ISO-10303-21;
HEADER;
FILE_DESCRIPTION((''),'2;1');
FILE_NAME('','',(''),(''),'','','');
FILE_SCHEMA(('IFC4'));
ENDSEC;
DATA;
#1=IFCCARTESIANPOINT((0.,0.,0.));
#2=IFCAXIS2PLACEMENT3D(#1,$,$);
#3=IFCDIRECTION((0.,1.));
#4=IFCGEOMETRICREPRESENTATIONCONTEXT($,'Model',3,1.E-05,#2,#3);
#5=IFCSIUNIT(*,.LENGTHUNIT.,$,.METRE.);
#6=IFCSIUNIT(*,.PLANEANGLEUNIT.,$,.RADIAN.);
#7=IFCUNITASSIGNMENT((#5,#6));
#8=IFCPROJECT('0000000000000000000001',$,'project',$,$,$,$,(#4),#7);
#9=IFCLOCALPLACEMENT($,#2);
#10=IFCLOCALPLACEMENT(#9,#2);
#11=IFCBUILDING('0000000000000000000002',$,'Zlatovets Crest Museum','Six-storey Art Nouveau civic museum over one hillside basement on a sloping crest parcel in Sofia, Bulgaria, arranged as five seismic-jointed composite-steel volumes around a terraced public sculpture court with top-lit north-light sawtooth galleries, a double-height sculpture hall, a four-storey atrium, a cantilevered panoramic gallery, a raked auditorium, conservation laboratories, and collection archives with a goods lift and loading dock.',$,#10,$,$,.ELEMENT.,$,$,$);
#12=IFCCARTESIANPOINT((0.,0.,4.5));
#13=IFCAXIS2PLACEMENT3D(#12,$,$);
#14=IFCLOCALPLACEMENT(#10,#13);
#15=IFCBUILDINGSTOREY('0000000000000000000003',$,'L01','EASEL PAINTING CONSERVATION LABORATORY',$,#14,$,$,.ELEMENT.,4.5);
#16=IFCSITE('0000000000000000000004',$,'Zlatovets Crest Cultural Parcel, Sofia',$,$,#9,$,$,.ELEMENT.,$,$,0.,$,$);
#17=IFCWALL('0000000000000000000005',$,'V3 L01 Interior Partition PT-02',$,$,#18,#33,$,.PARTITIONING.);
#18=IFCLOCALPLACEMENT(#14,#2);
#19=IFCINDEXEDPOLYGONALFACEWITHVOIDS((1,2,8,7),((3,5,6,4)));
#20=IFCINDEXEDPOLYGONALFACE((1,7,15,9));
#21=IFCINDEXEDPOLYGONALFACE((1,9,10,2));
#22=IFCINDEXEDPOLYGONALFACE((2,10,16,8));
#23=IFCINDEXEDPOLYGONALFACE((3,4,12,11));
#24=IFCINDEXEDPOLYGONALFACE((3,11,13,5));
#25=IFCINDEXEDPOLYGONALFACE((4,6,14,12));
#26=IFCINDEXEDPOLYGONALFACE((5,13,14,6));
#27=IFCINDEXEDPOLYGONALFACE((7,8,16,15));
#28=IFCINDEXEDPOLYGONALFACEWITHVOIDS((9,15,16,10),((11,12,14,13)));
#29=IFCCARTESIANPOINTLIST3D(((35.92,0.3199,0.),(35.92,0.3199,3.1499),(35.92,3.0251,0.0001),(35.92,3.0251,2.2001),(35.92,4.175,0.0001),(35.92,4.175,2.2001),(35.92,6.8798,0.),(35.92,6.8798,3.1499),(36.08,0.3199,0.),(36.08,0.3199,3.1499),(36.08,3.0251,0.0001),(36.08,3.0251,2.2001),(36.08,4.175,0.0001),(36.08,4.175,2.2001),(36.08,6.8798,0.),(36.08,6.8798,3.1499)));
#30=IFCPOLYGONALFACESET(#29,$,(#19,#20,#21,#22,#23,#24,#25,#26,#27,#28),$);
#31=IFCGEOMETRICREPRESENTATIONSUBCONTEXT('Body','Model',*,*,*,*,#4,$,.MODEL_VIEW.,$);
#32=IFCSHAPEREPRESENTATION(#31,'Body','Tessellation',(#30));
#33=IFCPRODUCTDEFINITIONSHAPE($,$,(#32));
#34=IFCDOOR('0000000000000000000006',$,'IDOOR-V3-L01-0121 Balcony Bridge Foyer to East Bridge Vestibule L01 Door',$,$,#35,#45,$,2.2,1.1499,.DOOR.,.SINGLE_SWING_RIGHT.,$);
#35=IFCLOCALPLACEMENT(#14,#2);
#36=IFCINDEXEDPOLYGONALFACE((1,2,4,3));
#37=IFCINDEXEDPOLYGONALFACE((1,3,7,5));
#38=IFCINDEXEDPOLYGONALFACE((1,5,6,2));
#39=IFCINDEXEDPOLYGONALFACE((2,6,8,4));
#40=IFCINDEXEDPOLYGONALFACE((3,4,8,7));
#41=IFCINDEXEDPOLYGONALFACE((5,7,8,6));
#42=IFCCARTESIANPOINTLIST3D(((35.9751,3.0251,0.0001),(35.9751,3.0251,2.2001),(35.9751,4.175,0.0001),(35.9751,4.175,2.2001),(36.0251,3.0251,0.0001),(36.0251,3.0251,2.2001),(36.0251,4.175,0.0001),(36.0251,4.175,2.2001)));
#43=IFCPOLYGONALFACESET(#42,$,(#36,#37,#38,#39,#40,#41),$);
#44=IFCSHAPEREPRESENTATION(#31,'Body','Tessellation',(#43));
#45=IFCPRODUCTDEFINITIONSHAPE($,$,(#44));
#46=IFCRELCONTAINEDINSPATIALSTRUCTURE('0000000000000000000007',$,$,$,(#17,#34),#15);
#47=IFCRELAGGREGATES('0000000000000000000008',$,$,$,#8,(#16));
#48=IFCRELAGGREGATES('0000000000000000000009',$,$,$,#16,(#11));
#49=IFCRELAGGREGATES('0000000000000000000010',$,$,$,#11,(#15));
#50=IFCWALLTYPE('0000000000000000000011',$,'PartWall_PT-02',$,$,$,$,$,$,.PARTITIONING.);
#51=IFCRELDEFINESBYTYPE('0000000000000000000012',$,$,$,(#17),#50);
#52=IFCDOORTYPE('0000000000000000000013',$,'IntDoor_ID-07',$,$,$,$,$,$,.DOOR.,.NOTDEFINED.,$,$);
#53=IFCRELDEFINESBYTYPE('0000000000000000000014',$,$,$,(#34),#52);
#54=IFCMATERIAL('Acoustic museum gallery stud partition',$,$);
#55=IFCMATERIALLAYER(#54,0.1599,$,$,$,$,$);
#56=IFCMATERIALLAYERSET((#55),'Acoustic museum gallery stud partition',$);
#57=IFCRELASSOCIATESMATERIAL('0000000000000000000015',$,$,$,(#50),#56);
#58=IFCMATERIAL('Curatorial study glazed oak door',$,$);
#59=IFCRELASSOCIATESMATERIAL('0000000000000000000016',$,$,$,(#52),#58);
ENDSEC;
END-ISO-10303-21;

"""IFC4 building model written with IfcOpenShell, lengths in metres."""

from ifc_helpers import new_model, si_unit, direction, frame, frame_2d, origin, place, context, subcontext, project, spatial, rectangle, extrude, material, layer, layer_set, type_object, element, fill, save


model = new_model("IFC4")

# Units and contexts
model_context = context("Model", 3, precision=1e-05, world=origin(), true_north=direction((0.0, 1.0)))
body_context = subcontext(model_context, "Body", "Model", "MODEL_VIEW")
ifc_project = project(units=[si_unit("LENGTHUNIT", "METRE"), si_unit("PLANEANGLEUNIT", "RADIAN")], contexts=[model_context])

# Site, building, storey
site_placement = place(None, origin())
site = spatial("IfcSite", under=ifc_project, at=site_placement, Name="Zlatovets Crest Cultural Parcel, Sofia", CompositionType="ELEMENT", RefElevation=0.0)
building_placement = place(site_placement, origin())
building = spatial("IfcBuilding", under=site, at=building_placement, Name="Zlatovets Crest Museum", Description="Six-storey Art Nouveau civic museum over one hillside basement on a sloping crest parcel in Sofia, Bulgaria, arranged as five seismic-jointed composite-steel volumes around a terraced public sculpture court with top-lit north-light sawtooth galleries, a double-height sculpture hall, a four-storey atrium, a cantilevered panoramic gallery, a raked auditorium, conservation laboratories, and collection archives with a goods lift and loading dock.", CompositionType="ELEMENT")
storey_placement = place(building_placement, frame((0.0, 0.0, 4.5)))
storey = spatial("IfcBuildingStorey", under=building, at=storey_placement, Name="L01", Description="EASEL PAINTING CONSERVATION LABORATORY", CompositionType="ELEMENT", Elevation=4.5)

# Wall, opening, door
ifc_material_1 = material(Name="Acoustic museum gallery stud partition")
ifc_layer_1 = layer(ifc_material_1, 0.1599)
ifc_layer_set_1 = layer_set([ifc_layer_1], Name="Acoustic museum gallery stud partition")
wall_type_1 = type_object("IfcWallType", Name="PartWall_PT-02", PredefinedType="PARTITIONING", material=ifc_layer_set_1)
wall_1_placement = place(storey_placement, frame((36.0, 0.3201, 0.0), z_axis=(0.0, 0.0, 1.0), x_axis=(0.0, 1.0, 0.0)))
wall_1 = element("IfcWall", 1, at=wall_1_placement, inside=storey, type_object=wall_type_1, Name="V3 L01 Interior Partition PT-02", PredefinedType="PARTITIONING", context=body_context, shape_type="SweptSolid", body=[
    extrude(rectangle(XDim=6.5598, YDim=0.1599, at=frame_2d((3.2798, 0.0))), origin(), (0.0, 0.0, 1.0), 3.1499),
])
opening_1_placement = place(wall_1_placement, frame((2.7051, 0.0, 0.0)))
opening_1 = element("IfcOpeningElement", 2, at=opening_1_placement, cuts=wall_1, PredefinedType="OPENING", context=body_context, shape_type="SweptSolid", body=[
    extrude(rectangle(XDim=1.1499, YDim=2.2, at=frame_2d((0.575, 1.1001))), frame((0.0, 0.0898, 0.0), z_axis=(0.0, -1.0, 0.0), x_axis=(1.0, 0.0, 0.0)), (0.0, 0.0, 1.0), 0.1799),
])
ifc_material_2 = material(Name="Curatorial study glazed oak door")
door_type_1 = type_object("IfcDoorType", Name="IntDoor_ID-07", OperationType="NOTDEFINED", PredefinedType="DOOR", material=ifc_material_2)
door_1_placement = place(opening_1_placement, origin())
door_1 = element("IfcDoor", 3, at=door_1_placement, inside=storey, type_object=door_type_1, Name="IDOOR-V3-L01-0121 Balcony Bridge Foyer to East Bridge Vestibule L01 Door", OperationType="SINGLE_SWING_RIGHT", OverallHeight=2.2, OverallWidth=1.1499, PredefinedType="DOOR", context=body_context, shape_type="SweptSolid", body=[
    extrude(rectangle(XDim=1.1499, YDim=2.2, at=frame_2d((0.575, 1.1001))), frame((0.0, 0.0249, 0.0), z_axis=(0.0, -1.0, 0.0), x_axis=(1.0, 0.0, 0.0)), (0.0, 0.0, 1.0), 0.05),
])
fill(opening_1, door_1)

save(model, "model.ifc")
